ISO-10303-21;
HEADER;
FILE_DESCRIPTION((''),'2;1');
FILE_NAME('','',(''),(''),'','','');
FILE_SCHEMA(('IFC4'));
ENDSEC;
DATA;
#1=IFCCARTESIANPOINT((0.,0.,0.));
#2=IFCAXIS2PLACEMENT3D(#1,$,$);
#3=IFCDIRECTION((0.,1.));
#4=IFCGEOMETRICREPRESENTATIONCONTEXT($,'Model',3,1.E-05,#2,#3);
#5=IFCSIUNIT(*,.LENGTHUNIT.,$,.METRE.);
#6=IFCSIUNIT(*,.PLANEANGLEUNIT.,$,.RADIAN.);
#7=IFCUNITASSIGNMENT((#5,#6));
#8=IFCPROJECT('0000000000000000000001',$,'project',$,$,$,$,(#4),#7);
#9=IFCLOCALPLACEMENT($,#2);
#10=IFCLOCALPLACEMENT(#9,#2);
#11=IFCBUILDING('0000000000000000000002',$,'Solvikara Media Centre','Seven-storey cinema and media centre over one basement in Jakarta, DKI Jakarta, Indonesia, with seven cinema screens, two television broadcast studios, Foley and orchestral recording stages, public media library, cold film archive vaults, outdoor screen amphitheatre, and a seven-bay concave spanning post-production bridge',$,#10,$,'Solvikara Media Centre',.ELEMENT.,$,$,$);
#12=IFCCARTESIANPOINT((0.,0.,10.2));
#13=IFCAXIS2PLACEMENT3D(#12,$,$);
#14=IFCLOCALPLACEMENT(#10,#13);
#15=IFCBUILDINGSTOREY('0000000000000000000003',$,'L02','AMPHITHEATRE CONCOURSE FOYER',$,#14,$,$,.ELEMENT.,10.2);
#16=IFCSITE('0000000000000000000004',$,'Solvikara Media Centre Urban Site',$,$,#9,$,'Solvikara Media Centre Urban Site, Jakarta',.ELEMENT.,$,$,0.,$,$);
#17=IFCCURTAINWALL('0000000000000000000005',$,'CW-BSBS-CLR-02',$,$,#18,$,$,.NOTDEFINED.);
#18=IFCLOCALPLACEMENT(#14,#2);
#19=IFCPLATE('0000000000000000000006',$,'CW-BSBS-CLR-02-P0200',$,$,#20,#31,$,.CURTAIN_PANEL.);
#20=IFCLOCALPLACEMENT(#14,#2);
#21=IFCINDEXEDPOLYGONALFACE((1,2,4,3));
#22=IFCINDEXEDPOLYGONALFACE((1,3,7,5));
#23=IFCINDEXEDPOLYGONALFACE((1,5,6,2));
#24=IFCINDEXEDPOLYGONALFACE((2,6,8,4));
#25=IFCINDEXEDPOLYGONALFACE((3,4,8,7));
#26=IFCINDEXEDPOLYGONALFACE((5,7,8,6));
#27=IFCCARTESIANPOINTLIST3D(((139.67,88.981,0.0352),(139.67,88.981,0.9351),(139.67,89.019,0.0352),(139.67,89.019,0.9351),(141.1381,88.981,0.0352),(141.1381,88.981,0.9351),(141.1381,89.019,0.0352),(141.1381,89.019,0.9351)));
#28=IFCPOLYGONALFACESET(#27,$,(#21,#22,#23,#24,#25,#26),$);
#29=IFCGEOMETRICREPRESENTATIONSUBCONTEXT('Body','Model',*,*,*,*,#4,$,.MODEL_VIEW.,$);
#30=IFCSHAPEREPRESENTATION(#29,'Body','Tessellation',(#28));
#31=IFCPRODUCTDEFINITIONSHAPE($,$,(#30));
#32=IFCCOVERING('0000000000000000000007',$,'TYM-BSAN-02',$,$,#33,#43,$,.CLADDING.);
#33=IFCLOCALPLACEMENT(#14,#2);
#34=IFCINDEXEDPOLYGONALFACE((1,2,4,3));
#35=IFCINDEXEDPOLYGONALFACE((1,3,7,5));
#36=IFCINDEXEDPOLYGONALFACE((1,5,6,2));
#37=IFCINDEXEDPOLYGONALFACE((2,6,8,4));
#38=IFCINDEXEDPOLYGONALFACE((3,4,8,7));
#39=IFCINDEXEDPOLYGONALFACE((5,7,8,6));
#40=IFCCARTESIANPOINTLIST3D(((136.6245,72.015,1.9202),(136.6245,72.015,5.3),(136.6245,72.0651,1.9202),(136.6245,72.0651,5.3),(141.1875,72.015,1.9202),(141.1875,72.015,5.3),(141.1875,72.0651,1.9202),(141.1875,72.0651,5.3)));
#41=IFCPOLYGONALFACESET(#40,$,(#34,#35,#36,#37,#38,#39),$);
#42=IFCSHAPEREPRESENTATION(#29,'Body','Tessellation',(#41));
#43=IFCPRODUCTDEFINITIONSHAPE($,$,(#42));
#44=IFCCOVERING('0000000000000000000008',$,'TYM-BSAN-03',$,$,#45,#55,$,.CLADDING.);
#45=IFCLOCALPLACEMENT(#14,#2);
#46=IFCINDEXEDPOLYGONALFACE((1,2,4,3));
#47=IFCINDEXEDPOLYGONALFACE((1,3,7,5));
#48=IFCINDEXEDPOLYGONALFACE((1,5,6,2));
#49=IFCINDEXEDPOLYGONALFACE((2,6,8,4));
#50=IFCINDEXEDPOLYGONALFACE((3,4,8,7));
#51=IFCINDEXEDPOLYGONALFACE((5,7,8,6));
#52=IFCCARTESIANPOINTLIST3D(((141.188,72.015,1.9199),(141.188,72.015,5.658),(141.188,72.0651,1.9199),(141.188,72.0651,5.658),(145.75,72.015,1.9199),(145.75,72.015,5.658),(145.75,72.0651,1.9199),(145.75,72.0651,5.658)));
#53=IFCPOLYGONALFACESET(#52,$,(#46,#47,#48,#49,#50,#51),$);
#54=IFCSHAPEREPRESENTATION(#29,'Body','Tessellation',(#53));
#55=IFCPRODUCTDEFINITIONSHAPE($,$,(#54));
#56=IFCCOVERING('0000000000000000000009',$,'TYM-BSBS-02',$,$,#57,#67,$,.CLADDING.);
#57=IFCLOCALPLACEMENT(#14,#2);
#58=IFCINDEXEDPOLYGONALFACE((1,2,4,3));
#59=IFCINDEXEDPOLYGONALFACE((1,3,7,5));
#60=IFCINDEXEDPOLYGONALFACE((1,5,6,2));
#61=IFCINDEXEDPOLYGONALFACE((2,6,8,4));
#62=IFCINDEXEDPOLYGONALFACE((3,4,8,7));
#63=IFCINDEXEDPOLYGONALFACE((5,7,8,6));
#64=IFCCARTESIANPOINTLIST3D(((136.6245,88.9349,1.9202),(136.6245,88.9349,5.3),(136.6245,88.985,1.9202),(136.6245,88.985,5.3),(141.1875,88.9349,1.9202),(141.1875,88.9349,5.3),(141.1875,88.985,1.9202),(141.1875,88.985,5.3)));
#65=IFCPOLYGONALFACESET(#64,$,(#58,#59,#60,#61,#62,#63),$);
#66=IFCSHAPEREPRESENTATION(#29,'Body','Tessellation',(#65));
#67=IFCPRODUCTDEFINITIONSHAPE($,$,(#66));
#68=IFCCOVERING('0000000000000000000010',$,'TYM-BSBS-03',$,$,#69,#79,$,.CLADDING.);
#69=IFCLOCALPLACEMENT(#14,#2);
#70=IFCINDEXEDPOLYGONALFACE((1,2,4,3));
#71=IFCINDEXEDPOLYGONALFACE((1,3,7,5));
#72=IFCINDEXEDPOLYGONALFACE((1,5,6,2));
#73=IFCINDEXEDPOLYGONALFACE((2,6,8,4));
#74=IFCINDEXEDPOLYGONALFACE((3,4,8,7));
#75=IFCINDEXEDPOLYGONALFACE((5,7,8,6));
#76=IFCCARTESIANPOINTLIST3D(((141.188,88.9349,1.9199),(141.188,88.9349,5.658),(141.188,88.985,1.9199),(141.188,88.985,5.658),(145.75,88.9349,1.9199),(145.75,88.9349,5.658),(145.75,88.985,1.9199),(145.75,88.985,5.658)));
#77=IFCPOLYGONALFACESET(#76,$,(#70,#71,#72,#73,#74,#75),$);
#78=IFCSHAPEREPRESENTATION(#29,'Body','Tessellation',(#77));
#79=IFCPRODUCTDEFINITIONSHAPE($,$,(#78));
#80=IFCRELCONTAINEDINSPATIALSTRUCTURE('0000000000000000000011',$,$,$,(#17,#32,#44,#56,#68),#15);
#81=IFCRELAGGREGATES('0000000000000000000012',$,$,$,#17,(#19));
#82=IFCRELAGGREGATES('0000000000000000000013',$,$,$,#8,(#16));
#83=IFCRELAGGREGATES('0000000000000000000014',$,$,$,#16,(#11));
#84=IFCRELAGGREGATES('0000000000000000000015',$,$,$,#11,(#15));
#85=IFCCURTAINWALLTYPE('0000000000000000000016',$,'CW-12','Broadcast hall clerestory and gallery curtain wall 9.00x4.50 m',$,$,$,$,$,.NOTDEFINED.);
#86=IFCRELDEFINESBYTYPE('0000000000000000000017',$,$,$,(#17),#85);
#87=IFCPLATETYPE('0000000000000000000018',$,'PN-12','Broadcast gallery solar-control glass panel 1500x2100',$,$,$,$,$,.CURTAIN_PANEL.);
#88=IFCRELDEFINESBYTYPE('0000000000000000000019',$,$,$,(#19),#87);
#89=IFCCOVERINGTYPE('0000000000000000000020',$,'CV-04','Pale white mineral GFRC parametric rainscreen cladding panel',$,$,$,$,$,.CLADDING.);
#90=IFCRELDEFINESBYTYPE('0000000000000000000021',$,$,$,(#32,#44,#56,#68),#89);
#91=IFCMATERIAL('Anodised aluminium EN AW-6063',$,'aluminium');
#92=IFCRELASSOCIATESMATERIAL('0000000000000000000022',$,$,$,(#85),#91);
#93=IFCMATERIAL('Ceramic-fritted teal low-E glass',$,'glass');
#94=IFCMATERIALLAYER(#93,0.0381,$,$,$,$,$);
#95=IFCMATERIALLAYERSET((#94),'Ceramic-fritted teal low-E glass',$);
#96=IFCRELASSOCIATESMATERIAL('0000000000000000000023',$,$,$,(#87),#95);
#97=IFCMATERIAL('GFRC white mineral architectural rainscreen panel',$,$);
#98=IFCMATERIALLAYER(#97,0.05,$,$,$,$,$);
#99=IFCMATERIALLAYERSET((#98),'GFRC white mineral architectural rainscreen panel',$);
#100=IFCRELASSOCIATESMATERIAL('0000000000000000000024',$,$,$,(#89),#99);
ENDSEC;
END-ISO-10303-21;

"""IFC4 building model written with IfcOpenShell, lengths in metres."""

from ifc_helpers import new_model, si_unit, direction, frame, origin, origin_2d, place, context, subcontext, project, spatial, rectangle, extrude, material, layer, layer_set, type_object, element, aggregate, save


model = new_model("IFC4")

# Units and contexts
model_context = context("Model", 3, precision=1e-05, world=origin(), true_north=direction((0.0, 1.0)))
body_context = subcontext(model_context, "Body", "Model", "MODEL_VIEW")
ifc_project = project(units=[si_unit("LENGTHUNIT", "METRE"), si_unit("PLANEANGLEUNIT", "RADIAN")], contexts=[model_context])

# Site, building, storey
site_placement = place(None, origin())
site = spatial("IfcSite", under=ifc_project, at=site_placement, Name="Solvikara Media Centre Urban Site", LongName="Solvikara Media Centre Urban Site, Jakarta", CompositionType="ELEMENT", RefElevation=0.0)
building_placement = place(site_placement, origin())
building = spatial("IfcBuilding", under=site, at=building_placement, Name="Solvikara Media Centre", Description="Seven-storey cinema and media centre over one basement in Jakarta, DKI Jakarta, Indonesia, with seven cinema screens, two television broadcast studios, Foley and orchestral recording stages, public media library, cold film archive vaults, outdoor screen amphitheatre, and a seven-bay concave spanning post-production bridge", LongName="Solvikara Media Centre", CompositionType="ELEMENT")
storey_placement = place(building_placement, frame((0.0, 0.0, 10.2)))
storey = spatial("IfcBuildingStorey", under=building, at=storey_placement, Name="L02", Description="AMPHITHEATRE CONCOURSE FOYER", CompositionType="ELEMENT", Elevation=10.2)

# Shared definitions
ifc_material_1 = material(Name="Anodised aluminium EN AW-6063", Category="aluminium")
curtain_wall_type = type_object("IfcCurtainWallType", Name="CW-12", Description="Broadcast hall clerestory and gallery curtain wall 9.00x4.50 m", PredefinedType="NOTDEFINED", material=ifc_material_1)

# Curtain wall
curtain_wall_1_placement = place(storey_placement, origin())
curtain_wall_1 = element("IfcCurtainWall", 1, at=curtain_wall_1_placement, inside=storey, type_object=curtain_wall_type, Name="CW-BSBS-CLR-02", PredefinedType="NOTDEFINED")

# Plate
ifc_material_2 = material(Name="Ceramic-fritted teal low-E glass", Category="glass")
ifc_layer_1 = layer(ifc_material_2, 0.0381)
ifc_layer_set_1 = layer_set([ifc_layer_1], Name="Ceramic-fritted teal low-E glass")
plate_type_1 = type_object("IfcPlateType", Name="PN-12", Description="Broadcast gallery solar-control glass panel 1500x2100", PredefinedType="CURTAIN_PANEL", material=ifc_layer_set_1)
plate_1_placement = place(storey_placement, frame((140.4041, 89.0, 0.0352), z_axis=(0.0, 0.0, 1.0), x_axis=(1.0, 0.0, 0.0)))
plate_1 = element("IfcPlate", 2, at=plate_1_placement, type_object=plate_type_1, Name="CW-BSBS-CLR-02-P0200", PredefinedType="CURTAIN_PANEL", context=body_context, shape_type="SweptSolid", body=[
    extrude(rectangle(XDim=1.468, YDim=0.0381, at=origin_2d()), origin(), (0.0, 0.0, 1.0), 0.8999),
])
aggregate(curtain_wall_1, [plate_1])

# Coverings
ifc_material_3 = material(Name="GFRC white mineral architectural rainscreen panel")
ifc_layer_2 = layer(ifc_material_3, 0.05)
ifc_layer_set_2 = layer_set([ifc_layer_2], Name="GFRC white mineral architectural rainscreen panel")
covering_type = type_object("IfcCoveringType", Name="CV-04", Description="Pale white mineral GFRC parametric rainscreen cladding panel", PredefinedType="CLADDING", material=ifc_layer_set_2)
covering_1_placement = place(storey_placement, frame((138.906, 72.04, 1.9202), z_axis=(0.0, 0.0, 1.0), x_axis=(1.0, 0.0, 0.0)))
element("IfcCovering", 3, at=covering_1_placement, inside=storey, type_object=covering_type, Name="TYM-BSAN-02", PredefinedType="CLADDING", context=body_context, shape_type="SweptSolid", body=[
    extrude(rectangle(XDim=4.563, YDim=0.05, at=origin_2d()), origin(), (0.0, 0.0, 1.0), 3.3799),
])
covering_2_placement = place(storey_placement, frame((143.469, 72.04, 1.9199), z_axis=(0.0, 0.0, 1.0), x_axis=(1.0, 0.0, 0.0)))
element("IfcCovering", 4, at=covering_2_placement, inside=storey, type_object=covering_type, Name="TYM-BSAN-03", PredefinedType="CLADDING", context=body_context, shape_type="SweptSolid", body=[
    extrude(rectangle(XDim=4.562, YDim=0.05, at=origin_2d()), origin(), (0.0, 0.0, 1.0), 3.738),
])
covering_3_placement = place(storey_placement, frame((138.906, 88.96, 1.9202), z_axis=(0.0, 0.0, 1.0), x_axis=(1.0, 0.0, 0.0)))
element("IfcCovering", 5, at=covering_3_placement, inside=storey, type_object=covering_type, Name="TYM-BSBS-02", PredefinedType="CLADDING", context=body_context, shape_type="SweptSolid", body=[
    extrude(rectangle(XDim=4.563, YDim=0.05, at=origin_2d()), origin(), (0.0, 0.0, 1.0), 3.3799),
])
covering_4_placement = place(storey_placement, frame((143.469, 88.96, 1.9199), z_axis=(0.0, 0.0, 1.0), x_axis=(1.0, 0.0, 0.0)))
element("IfcCovering", 6, at=covering_4_placement, inside=storey, type_object=covering_type, Name="TYM-BSBS-03", PredefinedType="CLADDING", context=body_context, shape_type="SweptSolid", body=[
    extrude(rectangle(XDim=4.562, YDim=0.05, at=origin_2d()), origin(), (0.0, 0.0, 1.0), 3.738),
])

save(model, "model.ifc")
